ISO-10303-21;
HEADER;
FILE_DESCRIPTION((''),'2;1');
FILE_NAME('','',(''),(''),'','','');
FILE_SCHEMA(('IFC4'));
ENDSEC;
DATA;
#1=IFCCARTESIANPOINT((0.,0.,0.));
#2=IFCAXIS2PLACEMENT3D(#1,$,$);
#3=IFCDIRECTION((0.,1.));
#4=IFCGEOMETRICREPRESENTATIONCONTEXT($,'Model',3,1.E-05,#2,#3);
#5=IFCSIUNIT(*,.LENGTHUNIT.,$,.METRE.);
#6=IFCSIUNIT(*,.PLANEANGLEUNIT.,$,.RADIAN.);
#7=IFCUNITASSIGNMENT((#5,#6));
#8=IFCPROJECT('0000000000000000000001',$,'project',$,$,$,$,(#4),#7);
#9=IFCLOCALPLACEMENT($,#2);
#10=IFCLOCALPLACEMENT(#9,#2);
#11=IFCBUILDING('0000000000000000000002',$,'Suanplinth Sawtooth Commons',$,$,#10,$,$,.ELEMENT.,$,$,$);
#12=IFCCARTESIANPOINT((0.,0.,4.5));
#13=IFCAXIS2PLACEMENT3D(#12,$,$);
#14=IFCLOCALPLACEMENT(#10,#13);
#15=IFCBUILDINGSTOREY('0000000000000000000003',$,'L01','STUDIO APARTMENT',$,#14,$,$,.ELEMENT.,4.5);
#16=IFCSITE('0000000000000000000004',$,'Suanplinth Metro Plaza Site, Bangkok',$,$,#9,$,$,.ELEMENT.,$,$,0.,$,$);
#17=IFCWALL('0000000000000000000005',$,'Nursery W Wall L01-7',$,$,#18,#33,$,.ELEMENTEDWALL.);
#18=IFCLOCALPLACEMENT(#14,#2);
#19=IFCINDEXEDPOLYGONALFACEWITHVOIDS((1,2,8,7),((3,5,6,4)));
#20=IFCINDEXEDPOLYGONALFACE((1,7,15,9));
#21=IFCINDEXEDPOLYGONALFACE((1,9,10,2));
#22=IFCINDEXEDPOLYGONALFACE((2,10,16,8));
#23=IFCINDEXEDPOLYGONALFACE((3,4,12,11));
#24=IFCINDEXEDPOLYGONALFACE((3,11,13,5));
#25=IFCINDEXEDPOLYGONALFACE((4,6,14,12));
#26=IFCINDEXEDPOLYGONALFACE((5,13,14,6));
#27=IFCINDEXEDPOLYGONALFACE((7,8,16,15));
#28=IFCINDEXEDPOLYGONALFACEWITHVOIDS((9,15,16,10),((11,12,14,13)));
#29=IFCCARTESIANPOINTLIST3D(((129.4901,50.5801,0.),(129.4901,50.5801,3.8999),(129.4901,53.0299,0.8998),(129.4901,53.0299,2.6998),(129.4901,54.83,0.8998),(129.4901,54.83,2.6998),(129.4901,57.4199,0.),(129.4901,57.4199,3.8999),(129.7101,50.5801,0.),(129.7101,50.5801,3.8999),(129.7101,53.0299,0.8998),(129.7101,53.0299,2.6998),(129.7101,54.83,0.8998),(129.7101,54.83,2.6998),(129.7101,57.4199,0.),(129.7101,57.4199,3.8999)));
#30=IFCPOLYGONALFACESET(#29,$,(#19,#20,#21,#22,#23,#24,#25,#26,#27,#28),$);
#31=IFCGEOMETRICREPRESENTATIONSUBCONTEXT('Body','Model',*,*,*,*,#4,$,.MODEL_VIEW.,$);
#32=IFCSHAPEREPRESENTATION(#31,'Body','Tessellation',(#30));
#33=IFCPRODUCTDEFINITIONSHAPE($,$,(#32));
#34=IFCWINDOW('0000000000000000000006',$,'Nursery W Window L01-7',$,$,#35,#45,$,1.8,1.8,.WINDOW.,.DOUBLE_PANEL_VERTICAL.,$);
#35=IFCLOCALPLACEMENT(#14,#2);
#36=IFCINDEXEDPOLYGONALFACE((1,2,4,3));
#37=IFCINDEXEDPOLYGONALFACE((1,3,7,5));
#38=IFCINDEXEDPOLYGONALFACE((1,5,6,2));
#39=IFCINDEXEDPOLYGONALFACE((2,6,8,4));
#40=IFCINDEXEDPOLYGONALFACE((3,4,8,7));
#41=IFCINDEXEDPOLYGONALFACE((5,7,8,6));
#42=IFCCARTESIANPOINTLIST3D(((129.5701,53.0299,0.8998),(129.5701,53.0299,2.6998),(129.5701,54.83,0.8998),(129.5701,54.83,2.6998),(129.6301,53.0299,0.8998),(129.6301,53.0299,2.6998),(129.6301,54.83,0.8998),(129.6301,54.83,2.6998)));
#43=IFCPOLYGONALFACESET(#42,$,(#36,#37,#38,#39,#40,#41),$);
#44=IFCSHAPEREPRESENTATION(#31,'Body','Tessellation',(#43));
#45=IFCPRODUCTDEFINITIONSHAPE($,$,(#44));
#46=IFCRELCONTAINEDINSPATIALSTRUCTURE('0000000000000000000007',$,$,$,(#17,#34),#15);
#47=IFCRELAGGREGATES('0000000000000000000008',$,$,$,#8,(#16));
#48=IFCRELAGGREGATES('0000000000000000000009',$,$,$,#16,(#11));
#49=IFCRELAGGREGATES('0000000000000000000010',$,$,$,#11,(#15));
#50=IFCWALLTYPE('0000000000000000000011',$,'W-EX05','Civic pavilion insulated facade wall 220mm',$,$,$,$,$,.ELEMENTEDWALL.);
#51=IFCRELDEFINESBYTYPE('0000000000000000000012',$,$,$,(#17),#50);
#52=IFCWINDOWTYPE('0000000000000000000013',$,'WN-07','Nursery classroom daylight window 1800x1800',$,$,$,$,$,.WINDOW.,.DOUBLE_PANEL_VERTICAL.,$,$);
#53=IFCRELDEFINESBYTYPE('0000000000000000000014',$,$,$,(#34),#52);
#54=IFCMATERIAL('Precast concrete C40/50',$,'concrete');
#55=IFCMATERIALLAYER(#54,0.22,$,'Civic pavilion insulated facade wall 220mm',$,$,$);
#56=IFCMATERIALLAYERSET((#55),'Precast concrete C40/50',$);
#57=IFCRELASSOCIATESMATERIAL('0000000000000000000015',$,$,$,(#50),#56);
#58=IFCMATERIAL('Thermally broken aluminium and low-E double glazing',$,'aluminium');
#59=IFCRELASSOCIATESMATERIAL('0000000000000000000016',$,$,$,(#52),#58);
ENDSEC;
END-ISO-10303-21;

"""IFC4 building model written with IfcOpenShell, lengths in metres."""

from ifc_helpers import new_model, si_unit, direction, frame, frame_2d, origin, place, context, subcontext, project, spatial, rectangle, extrude, material, layer, layer_set, type_object, element, fill, save


model = new_model("IFC4")

# Units and contexts
model_context = context("Model", 3, precision=1e-05, world=origin(), true_north=direction((0.0, 1.0)))
body_context = subcontext(model_context, "Body", "Model", "MODEL_VIEW")
ifc_project = project(units=[si_unit("LENGTHUNIT", "METRE"), si_unit("PLANEANGLEUNIT", "RADIAN")], contexts=[model_context])

# Site, building, storey
site_placement = place(None, origin())
site = spatial("IfcSite", under=ifc_project, at=site_placement, Name="Suanplinth Metro Plaza Site, Bangkok", CompositionType="ELEMENT", RefElevation=0.0)
building_placement = place(site_placement, origin())
building = spatial("IfcBuilding", under=site, at=building_placement, Name="Suanplinth Sawtooth Commons", CompositionType="ELEMENT")
storey_placement = place(building_placement, frame((0.0, 0.0, 4.5)))
storey = spatial("IfcBuildingStorey", under=building, at=storey_placement, Name="L01", Description="STUDIO APARTMENT", CompositionType="ELEMENT", Elevation=4.5)

# Shared definitions
ifc_material_1 = material(Name="Precast concrete C40/50", Category="concrete")

# Wall, opening, window
ifc_layer_1 = layer(ifc_material_1, 0.22, Name="Civic pavilion insulated facade wall 220mm")
ifc_layer_set_1 = layer_set([ifc_layer_1], Name="Precast concrete C40/50")
wall_type = type_object("IfcWallType", Name="W-EX05", Description="Civic pavilion insulated facade wall 220mm", PredefinedType="ELEMENTEDWALL", material=ifc_layer_set_1)
ifc_material_2 = material(Name="Thermally broken aluminium and low-E double glazing", Category="aluminium")
window_type_1 = type_object("IfcWindowType", Name="WN-07", Description="Nursery classroom daylight window 1800x1800", PartitioningType="DOUBLE_PANEL_VERTICAL", PredefinedType="WINDOW", material=ifc_material_2)
wall_1_placement = place(storey_placement, frame((129.6001, 50.5801, 0.0), z_axis=(0.0, 0.0, 1.0), x_axis=(0.0, 1.0, 0.0)))
wall_1 = element("IfcWall", 1, at=wall_1_placement, inside=storey, type_object=wall_type, Name="Nursery W Wall L01-7", PredefinedType="ELEMENTEDWALL", context=body_context, shape_type="SweptSolid", body=[
    extrude(rectangle(XDim=6.8398, YDim=0.22, at=frame_2d((3.4199, 0.0))), origin(), (0.0, 0.0, 1.0), 3.8999),
])
opening_1_placement = place(wall_1_placement, frame((2.45, 0.0, 0.8999)))
opening_1 = element("IfcOpeningElement", 2, at=opening_1_placement, cuts=wall_1, PredefinedType="OPENING", context=body_context, shape_type="SweptSolid", body=[
    extrude(rectangle(XDim=1.8, YDim=1.8, at=frame_2d((0.8999, 0.8999))), frame((0.0, 0.125, 0.0), z_axis=(0.0, -1.0, 0.0), x_axis=(1.0, 0.0, 0.0)), (0.0, 0.0, 1.0), 0.2498),
])
window_1_placement = place(opening_1_placement, origin())
window_1 = element("IfcWindow", 3, at=window_1_placement, inside=storey, type_object=window_type_1, Name="Nursery W Window L01-7", OverallHeight=1.8, OverallWidth=1.8, PartitioningType="DOUBLE_PANEL_VERTICAL", PredefinedType="WINDOW", context=body_context, shape_type="SweptSolid", body=[
    extrude(rectangle(XDim=1.8, YDim=1.8, at=frame_2d((0.8999, 0.8999))), frame((0.0, 0.03, 0.0), z_axis=(0.0, -1.0, 0.0), x_axis=(1.0, 0.0, 0.0)), (0.0, 0.0, 1.0), 0.0601),
])
fill(opening_1, window_1)

save(model, "model.ifc")
